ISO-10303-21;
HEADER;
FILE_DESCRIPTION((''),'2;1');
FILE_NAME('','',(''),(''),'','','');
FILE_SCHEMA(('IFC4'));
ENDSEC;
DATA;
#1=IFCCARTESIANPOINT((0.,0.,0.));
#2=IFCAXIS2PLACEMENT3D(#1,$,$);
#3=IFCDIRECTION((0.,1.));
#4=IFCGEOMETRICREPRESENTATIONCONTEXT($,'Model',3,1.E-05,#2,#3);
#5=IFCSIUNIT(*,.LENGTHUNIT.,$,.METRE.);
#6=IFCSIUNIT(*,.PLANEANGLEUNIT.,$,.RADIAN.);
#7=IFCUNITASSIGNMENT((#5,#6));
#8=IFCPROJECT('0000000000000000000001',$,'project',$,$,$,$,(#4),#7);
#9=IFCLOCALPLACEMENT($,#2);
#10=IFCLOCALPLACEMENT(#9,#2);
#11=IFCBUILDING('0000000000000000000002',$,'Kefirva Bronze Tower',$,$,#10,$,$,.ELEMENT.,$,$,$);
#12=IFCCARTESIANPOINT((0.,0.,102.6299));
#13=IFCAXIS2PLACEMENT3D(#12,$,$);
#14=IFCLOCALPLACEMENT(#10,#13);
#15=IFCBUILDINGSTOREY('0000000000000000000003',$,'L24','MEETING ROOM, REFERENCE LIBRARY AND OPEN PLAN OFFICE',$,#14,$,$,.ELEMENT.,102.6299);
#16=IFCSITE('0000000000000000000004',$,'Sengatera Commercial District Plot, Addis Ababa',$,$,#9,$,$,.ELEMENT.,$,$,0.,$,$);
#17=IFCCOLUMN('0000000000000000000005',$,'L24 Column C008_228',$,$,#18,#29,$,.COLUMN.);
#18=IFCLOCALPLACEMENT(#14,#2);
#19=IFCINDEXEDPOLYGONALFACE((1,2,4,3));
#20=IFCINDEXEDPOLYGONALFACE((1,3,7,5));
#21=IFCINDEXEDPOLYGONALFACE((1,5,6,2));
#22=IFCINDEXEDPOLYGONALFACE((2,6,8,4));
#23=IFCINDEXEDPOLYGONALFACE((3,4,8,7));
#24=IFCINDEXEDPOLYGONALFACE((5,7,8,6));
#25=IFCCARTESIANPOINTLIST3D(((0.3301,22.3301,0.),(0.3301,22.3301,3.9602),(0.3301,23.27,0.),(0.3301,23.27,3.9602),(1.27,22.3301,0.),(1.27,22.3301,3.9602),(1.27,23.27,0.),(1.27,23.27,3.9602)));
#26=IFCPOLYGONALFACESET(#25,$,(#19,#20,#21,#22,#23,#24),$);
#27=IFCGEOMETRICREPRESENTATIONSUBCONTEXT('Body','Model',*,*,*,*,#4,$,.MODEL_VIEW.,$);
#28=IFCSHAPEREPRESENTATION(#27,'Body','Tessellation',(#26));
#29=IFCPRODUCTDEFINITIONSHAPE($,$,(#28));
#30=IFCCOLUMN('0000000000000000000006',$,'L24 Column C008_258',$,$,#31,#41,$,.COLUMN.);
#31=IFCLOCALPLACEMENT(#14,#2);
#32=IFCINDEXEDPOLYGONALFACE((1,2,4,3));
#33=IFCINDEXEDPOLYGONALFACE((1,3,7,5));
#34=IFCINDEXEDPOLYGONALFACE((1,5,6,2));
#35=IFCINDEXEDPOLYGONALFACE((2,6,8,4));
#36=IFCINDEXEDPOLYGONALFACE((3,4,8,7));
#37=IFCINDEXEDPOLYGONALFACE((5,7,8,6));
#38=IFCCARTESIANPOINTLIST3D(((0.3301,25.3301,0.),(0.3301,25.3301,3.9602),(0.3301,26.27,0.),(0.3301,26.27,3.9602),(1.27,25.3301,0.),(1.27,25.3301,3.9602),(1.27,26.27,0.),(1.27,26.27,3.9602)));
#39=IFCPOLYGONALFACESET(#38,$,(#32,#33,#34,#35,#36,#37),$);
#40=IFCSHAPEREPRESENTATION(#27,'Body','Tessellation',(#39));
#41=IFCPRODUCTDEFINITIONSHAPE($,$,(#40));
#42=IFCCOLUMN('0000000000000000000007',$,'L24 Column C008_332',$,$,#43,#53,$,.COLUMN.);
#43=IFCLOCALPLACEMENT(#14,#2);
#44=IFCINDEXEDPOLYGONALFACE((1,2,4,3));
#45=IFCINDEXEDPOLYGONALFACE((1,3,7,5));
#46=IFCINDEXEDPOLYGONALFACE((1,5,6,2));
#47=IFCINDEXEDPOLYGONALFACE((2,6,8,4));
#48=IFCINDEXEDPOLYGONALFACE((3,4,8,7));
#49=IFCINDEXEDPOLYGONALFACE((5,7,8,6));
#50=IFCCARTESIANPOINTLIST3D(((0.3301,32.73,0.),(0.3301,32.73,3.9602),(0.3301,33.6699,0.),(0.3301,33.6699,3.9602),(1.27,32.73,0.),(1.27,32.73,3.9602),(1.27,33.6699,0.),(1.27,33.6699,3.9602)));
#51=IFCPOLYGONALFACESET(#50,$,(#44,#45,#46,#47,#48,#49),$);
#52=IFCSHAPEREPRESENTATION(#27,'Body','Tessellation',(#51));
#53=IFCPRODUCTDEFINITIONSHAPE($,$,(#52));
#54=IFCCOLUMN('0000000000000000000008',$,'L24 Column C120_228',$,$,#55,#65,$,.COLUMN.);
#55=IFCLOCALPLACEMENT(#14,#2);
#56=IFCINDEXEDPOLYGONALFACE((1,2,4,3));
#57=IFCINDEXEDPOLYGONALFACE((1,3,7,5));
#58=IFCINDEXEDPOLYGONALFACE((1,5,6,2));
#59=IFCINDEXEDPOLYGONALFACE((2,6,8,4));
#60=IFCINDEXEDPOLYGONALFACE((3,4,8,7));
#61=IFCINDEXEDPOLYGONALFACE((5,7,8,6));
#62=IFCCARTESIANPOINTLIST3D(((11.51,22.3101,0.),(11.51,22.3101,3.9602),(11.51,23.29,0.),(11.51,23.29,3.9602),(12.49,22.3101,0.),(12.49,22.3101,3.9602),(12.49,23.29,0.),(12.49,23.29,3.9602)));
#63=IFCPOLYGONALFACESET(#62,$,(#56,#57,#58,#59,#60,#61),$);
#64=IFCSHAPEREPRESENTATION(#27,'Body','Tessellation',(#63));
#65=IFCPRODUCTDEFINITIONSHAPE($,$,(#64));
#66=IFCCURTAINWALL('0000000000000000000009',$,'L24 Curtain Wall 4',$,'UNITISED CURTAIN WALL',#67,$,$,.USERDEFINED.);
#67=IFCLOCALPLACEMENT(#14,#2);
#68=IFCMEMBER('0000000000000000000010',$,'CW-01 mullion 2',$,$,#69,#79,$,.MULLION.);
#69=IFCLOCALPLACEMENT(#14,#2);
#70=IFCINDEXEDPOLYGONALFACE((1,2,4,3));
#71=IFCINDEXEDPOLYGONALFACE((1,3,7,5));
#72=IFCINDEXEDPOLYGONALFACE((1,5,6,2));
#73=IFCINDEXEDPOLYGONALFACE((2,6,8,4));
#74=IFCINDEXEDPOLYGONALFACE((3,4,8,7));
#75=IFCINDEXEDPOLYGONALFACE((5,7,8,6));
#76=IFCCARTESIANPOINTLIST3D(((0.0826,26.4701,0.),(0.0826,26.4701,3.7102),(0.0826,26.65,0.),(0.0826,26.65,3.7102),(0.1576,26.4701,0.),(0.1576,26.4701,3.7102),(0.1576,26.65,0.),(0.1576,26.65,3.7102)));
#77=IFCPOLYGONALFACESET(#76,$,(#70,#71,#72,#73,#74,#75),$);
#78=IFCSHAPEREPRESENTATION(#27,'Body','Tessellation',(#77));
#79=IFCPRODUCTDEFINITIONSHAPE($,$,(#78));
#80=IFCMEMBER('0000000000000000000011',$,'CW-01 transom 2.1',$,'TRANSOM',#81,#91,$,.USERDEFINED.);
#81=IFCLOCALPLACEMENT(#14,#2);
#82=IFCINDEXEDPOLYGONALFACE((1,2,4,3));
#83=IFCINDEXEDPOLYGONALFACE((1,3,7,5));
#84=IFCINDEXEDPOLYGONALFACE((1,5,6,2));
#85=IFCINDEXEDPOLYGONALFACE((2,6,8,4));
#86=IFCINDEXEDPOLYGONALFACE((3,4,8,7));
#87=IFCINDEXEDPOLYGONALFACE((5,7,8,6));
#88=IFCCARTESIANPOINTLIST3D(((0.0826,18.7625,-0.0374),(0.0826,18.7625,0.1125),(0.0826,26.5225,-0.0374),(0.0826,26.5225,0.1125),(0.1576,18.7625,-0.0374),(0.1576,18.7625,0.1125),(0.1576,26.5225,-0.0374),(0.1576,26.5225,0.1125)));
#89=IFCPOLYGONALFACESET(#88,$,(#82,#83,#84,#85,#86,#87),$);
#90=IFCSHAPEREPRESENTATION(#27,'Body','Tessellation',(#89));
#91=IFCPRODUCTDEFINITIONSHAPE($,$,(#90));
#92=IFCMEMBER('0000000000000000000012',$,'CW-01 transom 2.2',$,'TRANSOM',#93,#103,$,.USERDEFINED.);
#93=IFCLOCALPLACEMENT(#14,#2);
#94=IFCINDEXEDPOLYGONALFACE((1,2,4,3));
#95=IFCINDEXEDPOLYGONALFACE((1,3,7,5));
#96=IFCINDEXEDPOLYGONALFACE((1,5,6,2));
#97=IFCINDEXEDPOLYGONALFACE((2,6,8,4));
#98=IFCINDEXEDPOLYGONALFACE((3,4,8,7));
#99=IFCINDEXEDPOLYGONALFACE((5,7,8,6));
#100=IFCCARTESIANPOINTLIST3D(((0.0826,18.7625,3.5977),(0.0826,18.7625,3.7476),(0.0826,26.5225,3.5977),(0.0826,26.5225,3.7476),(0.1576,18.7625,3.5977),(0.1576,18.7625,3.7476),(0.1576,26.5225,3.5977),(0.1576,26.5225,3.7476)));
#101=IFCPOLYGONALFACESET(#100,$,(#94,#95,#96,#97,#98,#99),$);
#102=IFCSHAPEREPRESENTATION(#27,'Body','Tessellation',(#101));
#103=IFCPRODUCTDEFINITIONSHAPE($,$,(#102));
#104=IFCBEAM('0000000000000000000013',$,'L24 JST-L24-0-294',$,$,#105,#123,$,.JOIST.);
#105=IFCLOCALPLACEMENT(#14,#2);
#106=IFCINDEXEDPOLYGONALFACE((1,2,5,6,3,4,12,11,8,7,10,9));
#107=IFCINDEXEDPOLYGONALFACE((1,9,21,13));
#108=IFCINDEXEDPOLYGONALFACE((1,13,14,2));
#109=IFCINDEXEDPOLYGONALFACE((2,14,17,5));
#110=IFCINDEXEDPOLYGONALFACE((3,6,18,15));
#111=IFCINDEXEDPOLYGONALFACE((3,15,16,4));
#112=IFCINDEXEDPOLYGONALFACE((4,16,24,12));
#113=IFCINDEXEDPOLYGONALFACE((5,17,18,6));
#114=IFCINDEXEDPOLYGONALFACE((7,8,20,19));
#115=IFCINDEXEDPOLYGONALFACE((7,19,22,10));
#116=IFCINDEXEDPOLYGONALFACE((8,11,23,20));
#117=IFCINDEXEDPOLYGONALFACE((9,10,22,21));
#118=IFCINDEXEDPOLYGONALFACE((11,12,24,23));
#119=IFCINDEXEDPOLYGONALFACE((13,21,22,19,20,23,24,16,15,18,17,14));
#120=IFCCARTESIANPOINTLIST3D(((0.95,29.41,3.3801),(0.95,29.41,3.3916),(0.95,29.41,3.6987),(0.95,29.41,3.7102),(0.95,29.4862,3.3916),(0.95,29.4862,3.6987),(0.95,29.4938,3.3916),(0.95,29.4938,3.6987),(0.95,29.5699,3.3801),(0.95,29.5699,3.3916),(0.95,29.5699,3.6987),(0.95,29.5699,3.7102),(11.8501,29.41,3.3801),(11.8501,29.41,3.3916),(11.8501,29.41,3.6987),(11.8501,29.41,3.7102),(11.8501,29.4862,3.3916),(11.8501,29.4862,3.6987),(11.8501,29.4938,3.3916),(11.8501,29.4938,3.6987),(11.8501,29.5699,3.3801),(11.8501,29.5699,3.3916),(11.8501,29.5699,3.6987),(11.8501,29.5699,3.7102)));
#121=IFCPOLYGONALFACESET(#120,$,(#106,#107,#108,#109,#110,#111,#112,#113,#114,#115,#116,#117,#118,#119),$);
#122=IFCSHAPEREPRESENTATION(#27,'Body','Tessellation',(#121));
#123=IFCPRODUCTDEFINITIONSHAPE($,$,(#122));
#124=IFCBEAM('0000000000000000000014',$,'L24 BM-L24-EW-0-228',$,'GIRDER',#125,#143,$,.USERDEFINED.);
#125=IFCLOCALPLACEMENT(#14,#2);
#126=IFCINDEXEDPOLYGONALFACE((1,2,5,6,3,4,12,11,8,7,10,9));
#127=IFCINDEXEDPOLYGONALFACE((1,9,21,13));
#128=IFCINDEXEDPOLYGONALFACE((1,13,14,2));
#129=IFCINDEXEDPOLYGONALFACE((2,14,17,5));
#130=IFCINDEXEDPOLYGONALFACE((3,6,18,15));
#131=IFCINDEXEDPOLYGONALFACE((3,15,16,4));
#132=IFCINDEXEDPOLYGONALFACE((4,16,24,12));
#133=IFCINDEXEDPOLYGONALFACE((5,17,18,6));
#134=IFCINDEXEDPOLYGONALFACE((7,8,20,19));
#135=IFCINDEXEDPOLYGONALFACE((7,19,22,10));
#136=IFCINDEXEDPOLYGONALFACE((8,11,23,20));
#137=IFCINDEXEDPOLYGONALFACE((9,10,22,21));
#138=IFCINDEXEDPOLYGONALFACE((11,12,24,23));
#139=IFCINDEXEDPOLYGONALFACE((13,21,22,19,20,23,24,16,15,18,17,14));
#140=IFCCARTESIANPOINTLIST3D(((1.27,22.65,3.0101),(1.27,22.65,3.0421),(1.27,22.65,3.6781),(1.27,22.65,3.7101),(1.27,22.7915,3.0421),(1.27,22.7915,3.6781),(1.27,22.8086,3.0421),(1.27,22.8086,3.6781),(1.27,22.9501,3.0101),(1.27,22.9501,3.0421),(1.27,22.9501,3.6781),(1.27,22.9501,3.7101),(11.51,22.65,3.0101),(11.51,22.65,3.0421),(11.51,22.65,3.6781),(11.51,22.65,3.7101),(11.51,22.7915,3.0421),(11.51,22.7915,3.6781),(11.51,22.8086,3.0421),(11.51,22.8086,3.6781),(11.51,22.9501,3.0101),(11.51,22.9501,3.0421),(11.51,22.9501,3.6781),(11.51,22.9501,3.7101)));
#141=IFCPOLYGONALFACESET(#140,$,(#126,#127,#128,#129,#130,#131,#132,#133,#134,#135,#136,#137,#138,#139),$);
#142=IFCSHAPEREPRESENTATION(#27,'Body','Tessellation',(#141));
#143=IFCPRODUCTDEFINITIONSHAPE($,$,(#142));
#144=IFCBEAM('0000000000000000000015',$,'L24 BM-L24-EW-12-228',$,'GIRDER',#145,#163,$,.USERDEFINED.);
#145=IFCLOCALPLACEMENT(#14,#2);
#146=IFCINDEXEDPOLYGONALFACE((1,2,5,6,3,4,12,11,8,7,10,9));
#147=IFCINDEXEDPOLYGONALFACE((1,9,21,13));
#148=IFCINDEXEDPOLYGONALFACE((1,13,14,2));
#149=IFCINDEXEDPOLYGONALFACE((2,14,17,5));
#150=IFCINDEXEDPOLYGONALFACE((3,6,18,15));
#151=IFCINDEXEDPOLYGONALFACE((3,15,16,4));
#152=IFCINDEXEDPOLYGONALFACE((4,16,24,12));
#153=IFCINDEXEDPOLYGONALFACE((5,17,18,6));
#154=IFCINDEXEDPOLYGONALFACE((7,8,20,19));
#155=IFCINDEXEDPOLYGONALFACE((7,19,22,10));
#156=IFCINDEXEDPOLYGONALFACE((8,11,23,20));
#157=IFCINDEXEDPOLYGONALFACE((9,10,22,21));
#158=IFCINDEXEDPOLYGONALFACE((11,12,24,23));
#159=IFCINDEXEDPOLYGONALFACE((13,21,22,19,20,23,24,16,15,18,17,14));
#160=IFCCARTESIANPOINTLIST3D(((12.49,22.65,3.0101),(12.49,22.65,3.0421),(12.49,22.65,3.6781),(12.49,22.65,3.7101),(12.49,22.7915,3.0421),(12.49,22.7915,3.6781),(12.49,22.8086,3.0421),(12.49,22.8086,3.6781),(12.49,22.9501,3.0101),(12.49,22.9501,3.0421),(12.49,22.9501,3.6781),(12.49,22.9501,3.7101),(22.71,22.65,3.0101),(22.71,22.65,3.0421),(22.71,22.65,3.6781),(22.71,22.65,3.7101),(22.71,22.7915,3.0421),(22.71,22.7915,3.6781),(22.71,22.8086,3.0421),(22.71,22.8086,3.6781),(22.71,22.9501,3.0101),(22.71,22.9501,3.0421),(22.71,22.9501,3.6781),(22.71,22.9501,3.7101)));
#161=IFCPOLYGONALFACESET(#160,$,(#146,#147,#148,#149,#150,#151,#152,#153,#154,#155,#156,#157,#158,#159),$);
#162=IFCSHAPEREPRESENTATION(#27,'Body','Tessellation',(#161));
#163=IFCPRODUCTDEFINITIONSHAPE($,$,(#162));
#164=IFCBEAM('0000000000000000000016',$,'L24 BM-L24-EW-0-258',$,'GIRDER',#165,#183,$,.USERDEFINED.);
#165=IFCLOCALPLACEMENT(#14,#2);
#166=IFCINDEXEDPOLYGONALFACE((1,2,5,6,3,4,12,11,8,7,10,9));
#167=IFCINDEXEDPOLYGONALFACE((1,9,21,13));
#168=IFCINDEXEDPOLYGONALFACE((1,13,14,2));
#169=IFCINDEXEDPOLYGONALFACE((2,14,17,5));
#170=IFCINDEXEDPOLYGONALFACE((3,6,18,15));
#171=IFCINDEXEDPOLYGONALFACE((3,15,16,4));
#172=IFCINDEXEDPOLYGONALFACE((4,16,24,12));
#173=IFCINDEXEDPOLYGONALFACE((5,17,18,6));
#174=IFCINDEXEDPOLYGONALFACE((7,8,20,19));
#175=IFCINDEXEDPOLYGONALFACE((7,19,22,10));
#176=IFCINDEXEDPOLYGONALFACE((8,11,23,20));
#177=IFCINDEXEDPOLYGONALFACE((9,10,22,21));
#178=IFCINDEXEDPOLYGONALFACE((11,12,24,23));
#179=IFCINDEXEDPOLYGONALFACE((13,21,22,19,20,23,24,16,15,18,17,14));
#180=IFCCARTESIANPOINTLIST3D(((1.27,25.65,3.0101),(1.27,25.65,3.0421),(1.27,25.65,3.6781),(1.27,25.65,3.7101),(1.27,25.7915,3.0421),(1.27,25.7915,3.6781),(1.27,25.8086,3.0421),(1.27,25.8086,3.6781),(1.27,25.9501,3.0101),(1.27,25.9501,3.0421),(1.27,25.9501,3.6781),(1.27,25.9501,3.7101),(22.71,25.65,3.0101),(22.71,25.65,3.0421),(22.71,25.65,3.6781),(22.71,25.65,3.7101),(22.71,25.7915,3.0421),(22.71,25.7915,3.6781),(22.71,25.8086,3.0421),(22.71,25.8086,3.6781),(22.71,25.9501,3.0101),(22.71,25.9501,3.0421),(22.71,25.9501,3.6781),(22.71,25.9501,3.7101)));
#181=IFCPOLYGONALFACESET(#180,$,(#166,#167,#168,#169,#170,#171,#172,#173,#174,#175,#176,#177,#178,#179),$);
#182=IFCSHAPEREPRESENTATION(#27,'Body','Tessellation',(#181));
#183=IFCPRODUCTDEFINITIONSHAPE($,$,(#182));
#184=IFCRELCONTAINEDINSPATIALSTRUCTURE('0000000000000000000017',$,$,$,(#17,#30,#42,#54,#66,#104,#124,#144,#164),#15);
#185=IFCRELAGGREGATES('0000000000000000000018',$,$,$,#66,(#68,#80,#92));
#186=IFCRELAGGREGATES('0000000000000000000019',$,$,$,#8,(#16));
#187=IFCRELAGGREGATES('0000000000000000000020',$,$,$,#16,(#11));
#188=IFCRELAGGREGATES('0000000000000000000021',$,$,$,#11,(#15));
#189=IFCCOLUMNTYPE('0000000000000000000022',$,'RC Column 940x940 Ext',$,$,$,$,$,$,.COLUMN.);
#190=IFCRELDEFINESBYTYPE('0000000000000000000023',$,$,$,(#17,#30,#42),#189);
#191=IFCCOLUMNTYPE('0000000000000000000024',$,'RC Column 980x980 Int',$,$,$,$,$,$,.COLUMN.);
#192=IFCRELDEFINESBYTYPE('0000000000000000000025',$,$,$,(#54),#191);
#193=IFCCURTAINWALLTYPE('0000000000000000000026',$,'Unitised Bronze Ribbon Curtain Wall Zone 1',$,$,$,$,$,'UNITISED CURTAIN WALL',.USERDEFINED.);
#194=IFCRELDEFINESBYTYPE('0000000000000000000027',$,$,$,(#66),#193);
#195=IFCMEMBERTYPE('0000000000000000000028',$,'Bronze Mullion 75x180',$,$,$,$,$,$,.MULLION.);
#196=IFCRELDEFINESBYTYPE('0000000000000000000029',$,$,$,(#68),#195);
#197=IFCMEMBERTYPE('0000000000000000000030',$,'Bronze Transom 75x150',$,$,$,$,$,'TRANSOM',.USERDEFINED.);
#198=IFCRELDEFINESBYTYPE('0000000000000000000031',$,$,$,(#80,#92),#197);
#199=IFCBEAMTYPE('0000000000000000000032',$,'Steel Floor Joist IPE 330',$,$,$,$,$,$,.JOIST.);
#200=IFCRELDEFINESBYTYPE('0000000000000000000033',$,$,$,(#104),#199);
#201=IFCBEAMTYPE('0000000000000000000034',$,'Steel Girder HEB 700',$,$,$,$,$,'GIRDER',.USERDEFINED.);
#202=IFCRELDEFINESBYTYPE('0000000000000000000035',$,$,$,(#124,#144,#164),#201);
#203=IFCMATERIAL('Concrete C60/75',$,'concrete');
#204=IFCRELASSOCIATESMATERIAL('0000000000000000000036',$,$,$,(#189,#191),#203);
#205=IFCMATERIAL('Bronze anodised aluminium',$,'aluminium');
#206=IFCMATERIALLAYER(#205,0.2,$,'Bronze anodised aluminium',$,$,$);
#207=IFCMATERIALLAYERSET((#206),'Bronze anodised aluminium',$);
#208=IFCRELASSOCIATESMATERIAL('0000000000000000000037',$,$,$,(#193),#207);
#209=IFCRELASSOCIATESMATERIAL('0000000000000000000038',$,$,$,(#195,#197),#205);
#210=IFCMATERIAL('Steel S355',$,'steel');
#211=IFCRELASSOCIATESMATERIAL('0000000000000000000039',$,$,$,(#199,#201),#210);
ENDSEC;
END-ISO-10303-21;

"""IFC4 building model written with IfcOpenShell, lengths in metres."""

from ifc_helpers import new_model, si_unit, direction, frame, origin, origin_2d, place, context, subcontext, project, spatial, rectangle, i_section, extrude, material, layer, layer_set, material_profile, profile_set, type_object, element, aggregate, save


model = new_model("IFC4")

# Units and contexts
model_context = context("Model", 3, precision=1e-05, world=origin(), true_north=direction((0.0, 1.0)))
body_context = subcontext(model_context, "Body", "Model", "MODEL_VIEW")
ifc_project = project(units=[si_unit("LENGTHUNIT", "METRE"), si_unit("PLANEANGLEUNIT", "RADIAN")], contexts=[model_context])

# Site, building, storey
site_placement = place(None, origin())
site = spatial("IfcSite", under=ifc_project, at=site_placement, Name="Sengatera Commercial District Plot, Addis Ababa", CompositionType="ELEMENT", RefElevation=0.0)
building_placement = place(site_placement, origin())
building = spatial("IfcBuilding", under=site, at=building_placement, Name="Kefirva Bronze Tower", CompositionType="ELEMENT")
storey_placement = place(building_placement, frame((0.0, 0.0, 102.6299)))
storey = spatial("IfcBuildingStorey", under=building, at=storey_placement, Name="L24", Description="MEETING ROOM, REFERENCE LIBRARY AND OPEN PLAN OFFICE", CompositionType="ELEMENT", Elevation=102.6299)

# Columns
ifc_material_1 = material(Name="Concrete C60/75", Category="concrete")
ifc_material_profile_1 = material_profile(ifc_material_1, rectangle(XDim=0.9399, YDim=0.9399, at=origin_2d()), Name="RC 940x940")
ifc_profile_set_1 = profile_set([ifc_material_profile_1], Name="Concrete C60/75")
column_type_1 = type_object("IfcColumnType", Name="RC Column 940x940 Ext", PredefinedType="COLUMN", material=ifc_profile_set_1)
for number, where, z_axis, x_axis, name in (
    (1, (0.8, 22.8, 0.0), (0.0, 0.0, 1.0), (1.0, 0.0, 0.0), "L24 Column C008_228"),
    (2, (0.8, 25.8, 0.0), (0.0, 0.0, 1.0), (1.0, 0.0, 0.0), "L24 Column C008_258"),
    (3, (0.8, 33.2, 0.0), (0.0, 0.0, 1.0), (1.0, 0.0, 0.0), "L24 Column C008_332"),
):
    element("IfcColumn", number, at=place(storey_placement, frame(where, z_axis=z_axis, x_axis=x_axis)), inside=storey, type_object=column_type_1, Name=name, PredefinedType="COLUMN", context=body_context, shape_type="SweptSolid", body=[
        extrude(rectangle(XDim=0.9399, YDim=0.9399, at=origin_2d()), origin(), (0.0, 0.0, 1.0), 3.9602),
    ])
ifc_material_profile_2 = material_profile(ifc_material_1, rectangle(XDim=0.98, YDim=0.98, at=origin_2d()), Name="RC 980x980")
ifc_profile_set_2 = profile_set([ifc_material_profile_2], Name="Concrete C60/75")
column_type_2 = type_object("IfcColumnType", Name="RC Column 980x980 Int", PredefinedType="COLUMN", material=ifc_profile_set_2)
column_placement = place(storey_placement, frame((12.0, 22.8, 0.0), z_axis=(0.0, 0.0, 1.0), x_axis=(1.0, 0.0, 0.0)))
element("IfcColumn", 4, at=column_placement, inside=storey, type_object=column_type_2, Name="L24 Column C120_228", PredefinedType="COLUMN", context=body_context, shape_type="SweptSolid", body=[
    extrude(rectangle(XDim=0.98, YDim=0.98, at=origin_2d()), origin(), (0.0, 0.0, 1.0), 3.9602),
])

# Curtain wall, members
ifc_material_2 = material(Name="Bronze anodised aluminium", Category="aluminium")
ifc_layer_1 = layer(ifc_material_2, 0.2, Name="Bronze anodised aluminium")
ifc_layer_set_1 = layer_set([ifc_layer_1], Name="Bronze anodised aluminium")
curtain_wall_type = type_object("IfcCurtainWallType", Name="Unitised Bronze Ribbon Curtain Wall Zone 1", ElementType="UNITISED CURTAIN WALL", PredefinedType="USERDEFINED", material=ifc_layer_set_1)
curtain_wall_placement = place(storey_placement, origin())
curtain_wall = element("IfcCurtainWall", 5, at=curtain_wall_placement, inside=storey, type_object=curtain_wall_type, Name="L24 Curtain Wall 4", ObjectType="UNITISED CURTAIN WALL", PredefinedType="USERDEFINED")
ifc_material_profile_3 = material_profile(ifc_material_2, rectangle(XDim=0.075, YDim=0.1799, at=origin_2d()), Name="ALU 75x180")
ifc_profile_set_3 = profile_set([ifc_material_profile_3], Name="Bronze anodised aluminium")
member_type_1 = type_object("IfcMemberType", Name="Bronze Mullion 75x180", PredefinedType="MULLION", material=ifc_profile_set_3)
member_1_placement = place(storey_placement, frame((0.1201, 26.5601, 0.0), z_axis=(0.0, 0.0, 1.0), x_axis=(1.0, 0.0, 0.0)))
member_1 = element("IfcMember", 6, at=member_1_placement, type_object=member_type_1, Name="CW-01 mullion 2", PredefinedType="MULLION", context=body_context, shape_type="SweptSolid", body=[
    extrude(rectangle(XDim=0.075, YDim=0.1799, at=origin_2d()), origin(), (0.0, 0.0, 1.0), 3.7102),
])
ifc_material_profile_4 = material_profile(ifc_material_2, rectangle(XDim=0.075, YDim=0.1499, at=origin_2d()), Name="ALU 75x150")
ifc_profile_set_4 = profile_set([ifc_material_profile_4], Name="Bronze anodised aluminium")
member_type_2 = type_object("IfcMemberType", Name="Bronze Transom 75x150", ElementType="TRANSOM", PredefinedType="USERDEFINED", material=ifc_profile_set_4)
member_2_placement = place(storey_placement, frame((0.1201, 26.5225, 0.0376), z_axis=(0.0, -1.0, 0.0), x_axis=(1.0, 0.0, 0.0)))
member_2 = element("IfcMember", 7, at=member_2_placement, type_object=member_type_2, Name="CW-01 transom 2.1", ObjectType="TRANSOM", PredefinedType="USERDEFINED", context=body_context, shape_type="SweptSolid", body=[
    extrude(rectangle(XDim=0.075, YDim=0.1499, at=origin_2d()), origin(), (0.0, 0.0, 1.0), 7.76),
])
member_3_placement = place(storey_placement, frame((0.1201, 26.5225, 3.6726), z_axis=(0.0, -1.0, 0.0), x_axis=(1.0, 0.0, 0.0)))
member_3 = element("IfcMember", 8, at=member_3_placement, type_object=member_type_2, Name="CW-01 transom 2.2", ObjectType="TRANSOM", PredefinedType="USERDEFINED", context=body_context, shape_type="SweptSolid", body=[
    extrude(rectangle(XDim=0.075, YDim=0.1499, at=origin_2d()), origin(), (0.0, 0.0, 1.0), 7.76),
])

# Beams
ifc_material_3 = material(Name="Steel S355", Category="steel")
ifc_material_profile_5 = material_profile(ifc_material_3, i_section(OverallWidth=0.1599, OverallDepth=0.3301, WebThickness=0.0076, FlangeThickness=0.0115, at=origin_2d()), Name="IPE 330")
ifc_profile_set_5 = profile_set([ifc_material_profile_5], Name="Steel S355")
beam_type_1 = type_object("IfcBeamType", Name="Steel Floor Joist IPE 330", PredefinedType="JOIST", material=ifc_profile_set_5)
beam_1_placement = place(storey_placement, frame((0.95, 29.49, 3.5452), z_axis=(1.0, 0.0, 0.0), x_axis=(0.0, 1.0, 0.0)))
element("IfcBeam", 9, at=beam_1_placement, inside=storey, type_object=beam_type_1, Name="L24 JST-L24-0-294", PredefinedType="JOIST", context=body_context, shape_type="SweptSolid", body=[
    extrude(i_section(OverallWidth=0.1599, OverallDepth=0.3301, WebThickness=0.0076, FlangeThickness=0.0115, at=origin_2d()), origin(), (0.0, 0.0, 1.0), 10.9001),
])
ifc_material_profile_6 = material_profile(ifc_material_3, i_section(OverallWidth=0.3, OverallDepth=0.7, WebThickness=0.0171, FlangeThickness=0.032, at=origin_2d()), Name="HEB 700")
ifc_profile_set_6 = profile_set([ifc_material_profile_6], Name="Steel S355")
beam_type_2 = type_object("IfcBeamType", Name="Steel Girder HEB 700", ElementType="GIRDER", PredefinedType="USERDEFINED", material=ifc_profile_set_6)
beam_2_placement = place(storey_placement, frame((1.27, 22.8, 3.3601), z_axis=(1.0, 0.0, 0.0), x_axis=(0.0, 1.0, 0.0)))
element("IfcBeam", 10, at=beam_2_placement, inside=storey, type_object=beam_type_2, Name="L24 BM-L24-EW-0-228", ObjectType="GIRDER", PredefinedType="USERDEFINED", context=body_context, shape_type="SweptSolid", body=[
    extrude(i_section(OverallWidth=0.3, OverallDepth=0.7, WebThickness=0.0171, FlangeThickness=0.032, at=origin_2d()), origin(), (0.0, 0.0, 1.0), 10.24),
])
beam_3_placement = place(storey_placement, frame((12.49, 22.8, 3.3601), z_axis=(1.0, 0.0, 0.0), x_axis=(0.0, 1.0, 0.0)))
element("IfcBeam", 11, at=beam_3_placement, inside=storey, type_object=beam_type_2, Name="L24 BM-L24-EW-12-228", ObjectType="GIRDER", PredefinedType="USERDEFINED", context=body_context, shape_type="SweptSolid", body=[
    extrude(i_section(OverallWidth=0.3, OverallDepth=0.7, WebThickness=0.0171, FlangeThickness=0.032, at=origin_2d()), origin(), (0.0, 0.0, 1.0), 10.22),
])
beam_4_placement = place(storey_placement, frame((1.27, 25.8, 3.3601), z_axis=(1.0, 0.0, 0.0), x_axis=(0.0, 1.0, 0.0)))
element("IfcBeam", 12, at=beam_4_placement, inside=storey, type_object=beam_type_2, Name="L24 BM-L24-EW-0-258", ObjectType="GIRDER", PredefinedType="USERDEFINED", context=body_context, shape_type="SweptSolid", body=[
    extrude(i_section(OverallWidth=0.3, OverallDepth=0.7, WebThickness=0.0171, FlangeThickness=0.032, at=origin_2d()), origin(), (0.0, 0.0, 1.0), 21.4399),
])

aggregate(curtain_wall, [member_1, member_2, member_3])

save(model, "model.ifc")
